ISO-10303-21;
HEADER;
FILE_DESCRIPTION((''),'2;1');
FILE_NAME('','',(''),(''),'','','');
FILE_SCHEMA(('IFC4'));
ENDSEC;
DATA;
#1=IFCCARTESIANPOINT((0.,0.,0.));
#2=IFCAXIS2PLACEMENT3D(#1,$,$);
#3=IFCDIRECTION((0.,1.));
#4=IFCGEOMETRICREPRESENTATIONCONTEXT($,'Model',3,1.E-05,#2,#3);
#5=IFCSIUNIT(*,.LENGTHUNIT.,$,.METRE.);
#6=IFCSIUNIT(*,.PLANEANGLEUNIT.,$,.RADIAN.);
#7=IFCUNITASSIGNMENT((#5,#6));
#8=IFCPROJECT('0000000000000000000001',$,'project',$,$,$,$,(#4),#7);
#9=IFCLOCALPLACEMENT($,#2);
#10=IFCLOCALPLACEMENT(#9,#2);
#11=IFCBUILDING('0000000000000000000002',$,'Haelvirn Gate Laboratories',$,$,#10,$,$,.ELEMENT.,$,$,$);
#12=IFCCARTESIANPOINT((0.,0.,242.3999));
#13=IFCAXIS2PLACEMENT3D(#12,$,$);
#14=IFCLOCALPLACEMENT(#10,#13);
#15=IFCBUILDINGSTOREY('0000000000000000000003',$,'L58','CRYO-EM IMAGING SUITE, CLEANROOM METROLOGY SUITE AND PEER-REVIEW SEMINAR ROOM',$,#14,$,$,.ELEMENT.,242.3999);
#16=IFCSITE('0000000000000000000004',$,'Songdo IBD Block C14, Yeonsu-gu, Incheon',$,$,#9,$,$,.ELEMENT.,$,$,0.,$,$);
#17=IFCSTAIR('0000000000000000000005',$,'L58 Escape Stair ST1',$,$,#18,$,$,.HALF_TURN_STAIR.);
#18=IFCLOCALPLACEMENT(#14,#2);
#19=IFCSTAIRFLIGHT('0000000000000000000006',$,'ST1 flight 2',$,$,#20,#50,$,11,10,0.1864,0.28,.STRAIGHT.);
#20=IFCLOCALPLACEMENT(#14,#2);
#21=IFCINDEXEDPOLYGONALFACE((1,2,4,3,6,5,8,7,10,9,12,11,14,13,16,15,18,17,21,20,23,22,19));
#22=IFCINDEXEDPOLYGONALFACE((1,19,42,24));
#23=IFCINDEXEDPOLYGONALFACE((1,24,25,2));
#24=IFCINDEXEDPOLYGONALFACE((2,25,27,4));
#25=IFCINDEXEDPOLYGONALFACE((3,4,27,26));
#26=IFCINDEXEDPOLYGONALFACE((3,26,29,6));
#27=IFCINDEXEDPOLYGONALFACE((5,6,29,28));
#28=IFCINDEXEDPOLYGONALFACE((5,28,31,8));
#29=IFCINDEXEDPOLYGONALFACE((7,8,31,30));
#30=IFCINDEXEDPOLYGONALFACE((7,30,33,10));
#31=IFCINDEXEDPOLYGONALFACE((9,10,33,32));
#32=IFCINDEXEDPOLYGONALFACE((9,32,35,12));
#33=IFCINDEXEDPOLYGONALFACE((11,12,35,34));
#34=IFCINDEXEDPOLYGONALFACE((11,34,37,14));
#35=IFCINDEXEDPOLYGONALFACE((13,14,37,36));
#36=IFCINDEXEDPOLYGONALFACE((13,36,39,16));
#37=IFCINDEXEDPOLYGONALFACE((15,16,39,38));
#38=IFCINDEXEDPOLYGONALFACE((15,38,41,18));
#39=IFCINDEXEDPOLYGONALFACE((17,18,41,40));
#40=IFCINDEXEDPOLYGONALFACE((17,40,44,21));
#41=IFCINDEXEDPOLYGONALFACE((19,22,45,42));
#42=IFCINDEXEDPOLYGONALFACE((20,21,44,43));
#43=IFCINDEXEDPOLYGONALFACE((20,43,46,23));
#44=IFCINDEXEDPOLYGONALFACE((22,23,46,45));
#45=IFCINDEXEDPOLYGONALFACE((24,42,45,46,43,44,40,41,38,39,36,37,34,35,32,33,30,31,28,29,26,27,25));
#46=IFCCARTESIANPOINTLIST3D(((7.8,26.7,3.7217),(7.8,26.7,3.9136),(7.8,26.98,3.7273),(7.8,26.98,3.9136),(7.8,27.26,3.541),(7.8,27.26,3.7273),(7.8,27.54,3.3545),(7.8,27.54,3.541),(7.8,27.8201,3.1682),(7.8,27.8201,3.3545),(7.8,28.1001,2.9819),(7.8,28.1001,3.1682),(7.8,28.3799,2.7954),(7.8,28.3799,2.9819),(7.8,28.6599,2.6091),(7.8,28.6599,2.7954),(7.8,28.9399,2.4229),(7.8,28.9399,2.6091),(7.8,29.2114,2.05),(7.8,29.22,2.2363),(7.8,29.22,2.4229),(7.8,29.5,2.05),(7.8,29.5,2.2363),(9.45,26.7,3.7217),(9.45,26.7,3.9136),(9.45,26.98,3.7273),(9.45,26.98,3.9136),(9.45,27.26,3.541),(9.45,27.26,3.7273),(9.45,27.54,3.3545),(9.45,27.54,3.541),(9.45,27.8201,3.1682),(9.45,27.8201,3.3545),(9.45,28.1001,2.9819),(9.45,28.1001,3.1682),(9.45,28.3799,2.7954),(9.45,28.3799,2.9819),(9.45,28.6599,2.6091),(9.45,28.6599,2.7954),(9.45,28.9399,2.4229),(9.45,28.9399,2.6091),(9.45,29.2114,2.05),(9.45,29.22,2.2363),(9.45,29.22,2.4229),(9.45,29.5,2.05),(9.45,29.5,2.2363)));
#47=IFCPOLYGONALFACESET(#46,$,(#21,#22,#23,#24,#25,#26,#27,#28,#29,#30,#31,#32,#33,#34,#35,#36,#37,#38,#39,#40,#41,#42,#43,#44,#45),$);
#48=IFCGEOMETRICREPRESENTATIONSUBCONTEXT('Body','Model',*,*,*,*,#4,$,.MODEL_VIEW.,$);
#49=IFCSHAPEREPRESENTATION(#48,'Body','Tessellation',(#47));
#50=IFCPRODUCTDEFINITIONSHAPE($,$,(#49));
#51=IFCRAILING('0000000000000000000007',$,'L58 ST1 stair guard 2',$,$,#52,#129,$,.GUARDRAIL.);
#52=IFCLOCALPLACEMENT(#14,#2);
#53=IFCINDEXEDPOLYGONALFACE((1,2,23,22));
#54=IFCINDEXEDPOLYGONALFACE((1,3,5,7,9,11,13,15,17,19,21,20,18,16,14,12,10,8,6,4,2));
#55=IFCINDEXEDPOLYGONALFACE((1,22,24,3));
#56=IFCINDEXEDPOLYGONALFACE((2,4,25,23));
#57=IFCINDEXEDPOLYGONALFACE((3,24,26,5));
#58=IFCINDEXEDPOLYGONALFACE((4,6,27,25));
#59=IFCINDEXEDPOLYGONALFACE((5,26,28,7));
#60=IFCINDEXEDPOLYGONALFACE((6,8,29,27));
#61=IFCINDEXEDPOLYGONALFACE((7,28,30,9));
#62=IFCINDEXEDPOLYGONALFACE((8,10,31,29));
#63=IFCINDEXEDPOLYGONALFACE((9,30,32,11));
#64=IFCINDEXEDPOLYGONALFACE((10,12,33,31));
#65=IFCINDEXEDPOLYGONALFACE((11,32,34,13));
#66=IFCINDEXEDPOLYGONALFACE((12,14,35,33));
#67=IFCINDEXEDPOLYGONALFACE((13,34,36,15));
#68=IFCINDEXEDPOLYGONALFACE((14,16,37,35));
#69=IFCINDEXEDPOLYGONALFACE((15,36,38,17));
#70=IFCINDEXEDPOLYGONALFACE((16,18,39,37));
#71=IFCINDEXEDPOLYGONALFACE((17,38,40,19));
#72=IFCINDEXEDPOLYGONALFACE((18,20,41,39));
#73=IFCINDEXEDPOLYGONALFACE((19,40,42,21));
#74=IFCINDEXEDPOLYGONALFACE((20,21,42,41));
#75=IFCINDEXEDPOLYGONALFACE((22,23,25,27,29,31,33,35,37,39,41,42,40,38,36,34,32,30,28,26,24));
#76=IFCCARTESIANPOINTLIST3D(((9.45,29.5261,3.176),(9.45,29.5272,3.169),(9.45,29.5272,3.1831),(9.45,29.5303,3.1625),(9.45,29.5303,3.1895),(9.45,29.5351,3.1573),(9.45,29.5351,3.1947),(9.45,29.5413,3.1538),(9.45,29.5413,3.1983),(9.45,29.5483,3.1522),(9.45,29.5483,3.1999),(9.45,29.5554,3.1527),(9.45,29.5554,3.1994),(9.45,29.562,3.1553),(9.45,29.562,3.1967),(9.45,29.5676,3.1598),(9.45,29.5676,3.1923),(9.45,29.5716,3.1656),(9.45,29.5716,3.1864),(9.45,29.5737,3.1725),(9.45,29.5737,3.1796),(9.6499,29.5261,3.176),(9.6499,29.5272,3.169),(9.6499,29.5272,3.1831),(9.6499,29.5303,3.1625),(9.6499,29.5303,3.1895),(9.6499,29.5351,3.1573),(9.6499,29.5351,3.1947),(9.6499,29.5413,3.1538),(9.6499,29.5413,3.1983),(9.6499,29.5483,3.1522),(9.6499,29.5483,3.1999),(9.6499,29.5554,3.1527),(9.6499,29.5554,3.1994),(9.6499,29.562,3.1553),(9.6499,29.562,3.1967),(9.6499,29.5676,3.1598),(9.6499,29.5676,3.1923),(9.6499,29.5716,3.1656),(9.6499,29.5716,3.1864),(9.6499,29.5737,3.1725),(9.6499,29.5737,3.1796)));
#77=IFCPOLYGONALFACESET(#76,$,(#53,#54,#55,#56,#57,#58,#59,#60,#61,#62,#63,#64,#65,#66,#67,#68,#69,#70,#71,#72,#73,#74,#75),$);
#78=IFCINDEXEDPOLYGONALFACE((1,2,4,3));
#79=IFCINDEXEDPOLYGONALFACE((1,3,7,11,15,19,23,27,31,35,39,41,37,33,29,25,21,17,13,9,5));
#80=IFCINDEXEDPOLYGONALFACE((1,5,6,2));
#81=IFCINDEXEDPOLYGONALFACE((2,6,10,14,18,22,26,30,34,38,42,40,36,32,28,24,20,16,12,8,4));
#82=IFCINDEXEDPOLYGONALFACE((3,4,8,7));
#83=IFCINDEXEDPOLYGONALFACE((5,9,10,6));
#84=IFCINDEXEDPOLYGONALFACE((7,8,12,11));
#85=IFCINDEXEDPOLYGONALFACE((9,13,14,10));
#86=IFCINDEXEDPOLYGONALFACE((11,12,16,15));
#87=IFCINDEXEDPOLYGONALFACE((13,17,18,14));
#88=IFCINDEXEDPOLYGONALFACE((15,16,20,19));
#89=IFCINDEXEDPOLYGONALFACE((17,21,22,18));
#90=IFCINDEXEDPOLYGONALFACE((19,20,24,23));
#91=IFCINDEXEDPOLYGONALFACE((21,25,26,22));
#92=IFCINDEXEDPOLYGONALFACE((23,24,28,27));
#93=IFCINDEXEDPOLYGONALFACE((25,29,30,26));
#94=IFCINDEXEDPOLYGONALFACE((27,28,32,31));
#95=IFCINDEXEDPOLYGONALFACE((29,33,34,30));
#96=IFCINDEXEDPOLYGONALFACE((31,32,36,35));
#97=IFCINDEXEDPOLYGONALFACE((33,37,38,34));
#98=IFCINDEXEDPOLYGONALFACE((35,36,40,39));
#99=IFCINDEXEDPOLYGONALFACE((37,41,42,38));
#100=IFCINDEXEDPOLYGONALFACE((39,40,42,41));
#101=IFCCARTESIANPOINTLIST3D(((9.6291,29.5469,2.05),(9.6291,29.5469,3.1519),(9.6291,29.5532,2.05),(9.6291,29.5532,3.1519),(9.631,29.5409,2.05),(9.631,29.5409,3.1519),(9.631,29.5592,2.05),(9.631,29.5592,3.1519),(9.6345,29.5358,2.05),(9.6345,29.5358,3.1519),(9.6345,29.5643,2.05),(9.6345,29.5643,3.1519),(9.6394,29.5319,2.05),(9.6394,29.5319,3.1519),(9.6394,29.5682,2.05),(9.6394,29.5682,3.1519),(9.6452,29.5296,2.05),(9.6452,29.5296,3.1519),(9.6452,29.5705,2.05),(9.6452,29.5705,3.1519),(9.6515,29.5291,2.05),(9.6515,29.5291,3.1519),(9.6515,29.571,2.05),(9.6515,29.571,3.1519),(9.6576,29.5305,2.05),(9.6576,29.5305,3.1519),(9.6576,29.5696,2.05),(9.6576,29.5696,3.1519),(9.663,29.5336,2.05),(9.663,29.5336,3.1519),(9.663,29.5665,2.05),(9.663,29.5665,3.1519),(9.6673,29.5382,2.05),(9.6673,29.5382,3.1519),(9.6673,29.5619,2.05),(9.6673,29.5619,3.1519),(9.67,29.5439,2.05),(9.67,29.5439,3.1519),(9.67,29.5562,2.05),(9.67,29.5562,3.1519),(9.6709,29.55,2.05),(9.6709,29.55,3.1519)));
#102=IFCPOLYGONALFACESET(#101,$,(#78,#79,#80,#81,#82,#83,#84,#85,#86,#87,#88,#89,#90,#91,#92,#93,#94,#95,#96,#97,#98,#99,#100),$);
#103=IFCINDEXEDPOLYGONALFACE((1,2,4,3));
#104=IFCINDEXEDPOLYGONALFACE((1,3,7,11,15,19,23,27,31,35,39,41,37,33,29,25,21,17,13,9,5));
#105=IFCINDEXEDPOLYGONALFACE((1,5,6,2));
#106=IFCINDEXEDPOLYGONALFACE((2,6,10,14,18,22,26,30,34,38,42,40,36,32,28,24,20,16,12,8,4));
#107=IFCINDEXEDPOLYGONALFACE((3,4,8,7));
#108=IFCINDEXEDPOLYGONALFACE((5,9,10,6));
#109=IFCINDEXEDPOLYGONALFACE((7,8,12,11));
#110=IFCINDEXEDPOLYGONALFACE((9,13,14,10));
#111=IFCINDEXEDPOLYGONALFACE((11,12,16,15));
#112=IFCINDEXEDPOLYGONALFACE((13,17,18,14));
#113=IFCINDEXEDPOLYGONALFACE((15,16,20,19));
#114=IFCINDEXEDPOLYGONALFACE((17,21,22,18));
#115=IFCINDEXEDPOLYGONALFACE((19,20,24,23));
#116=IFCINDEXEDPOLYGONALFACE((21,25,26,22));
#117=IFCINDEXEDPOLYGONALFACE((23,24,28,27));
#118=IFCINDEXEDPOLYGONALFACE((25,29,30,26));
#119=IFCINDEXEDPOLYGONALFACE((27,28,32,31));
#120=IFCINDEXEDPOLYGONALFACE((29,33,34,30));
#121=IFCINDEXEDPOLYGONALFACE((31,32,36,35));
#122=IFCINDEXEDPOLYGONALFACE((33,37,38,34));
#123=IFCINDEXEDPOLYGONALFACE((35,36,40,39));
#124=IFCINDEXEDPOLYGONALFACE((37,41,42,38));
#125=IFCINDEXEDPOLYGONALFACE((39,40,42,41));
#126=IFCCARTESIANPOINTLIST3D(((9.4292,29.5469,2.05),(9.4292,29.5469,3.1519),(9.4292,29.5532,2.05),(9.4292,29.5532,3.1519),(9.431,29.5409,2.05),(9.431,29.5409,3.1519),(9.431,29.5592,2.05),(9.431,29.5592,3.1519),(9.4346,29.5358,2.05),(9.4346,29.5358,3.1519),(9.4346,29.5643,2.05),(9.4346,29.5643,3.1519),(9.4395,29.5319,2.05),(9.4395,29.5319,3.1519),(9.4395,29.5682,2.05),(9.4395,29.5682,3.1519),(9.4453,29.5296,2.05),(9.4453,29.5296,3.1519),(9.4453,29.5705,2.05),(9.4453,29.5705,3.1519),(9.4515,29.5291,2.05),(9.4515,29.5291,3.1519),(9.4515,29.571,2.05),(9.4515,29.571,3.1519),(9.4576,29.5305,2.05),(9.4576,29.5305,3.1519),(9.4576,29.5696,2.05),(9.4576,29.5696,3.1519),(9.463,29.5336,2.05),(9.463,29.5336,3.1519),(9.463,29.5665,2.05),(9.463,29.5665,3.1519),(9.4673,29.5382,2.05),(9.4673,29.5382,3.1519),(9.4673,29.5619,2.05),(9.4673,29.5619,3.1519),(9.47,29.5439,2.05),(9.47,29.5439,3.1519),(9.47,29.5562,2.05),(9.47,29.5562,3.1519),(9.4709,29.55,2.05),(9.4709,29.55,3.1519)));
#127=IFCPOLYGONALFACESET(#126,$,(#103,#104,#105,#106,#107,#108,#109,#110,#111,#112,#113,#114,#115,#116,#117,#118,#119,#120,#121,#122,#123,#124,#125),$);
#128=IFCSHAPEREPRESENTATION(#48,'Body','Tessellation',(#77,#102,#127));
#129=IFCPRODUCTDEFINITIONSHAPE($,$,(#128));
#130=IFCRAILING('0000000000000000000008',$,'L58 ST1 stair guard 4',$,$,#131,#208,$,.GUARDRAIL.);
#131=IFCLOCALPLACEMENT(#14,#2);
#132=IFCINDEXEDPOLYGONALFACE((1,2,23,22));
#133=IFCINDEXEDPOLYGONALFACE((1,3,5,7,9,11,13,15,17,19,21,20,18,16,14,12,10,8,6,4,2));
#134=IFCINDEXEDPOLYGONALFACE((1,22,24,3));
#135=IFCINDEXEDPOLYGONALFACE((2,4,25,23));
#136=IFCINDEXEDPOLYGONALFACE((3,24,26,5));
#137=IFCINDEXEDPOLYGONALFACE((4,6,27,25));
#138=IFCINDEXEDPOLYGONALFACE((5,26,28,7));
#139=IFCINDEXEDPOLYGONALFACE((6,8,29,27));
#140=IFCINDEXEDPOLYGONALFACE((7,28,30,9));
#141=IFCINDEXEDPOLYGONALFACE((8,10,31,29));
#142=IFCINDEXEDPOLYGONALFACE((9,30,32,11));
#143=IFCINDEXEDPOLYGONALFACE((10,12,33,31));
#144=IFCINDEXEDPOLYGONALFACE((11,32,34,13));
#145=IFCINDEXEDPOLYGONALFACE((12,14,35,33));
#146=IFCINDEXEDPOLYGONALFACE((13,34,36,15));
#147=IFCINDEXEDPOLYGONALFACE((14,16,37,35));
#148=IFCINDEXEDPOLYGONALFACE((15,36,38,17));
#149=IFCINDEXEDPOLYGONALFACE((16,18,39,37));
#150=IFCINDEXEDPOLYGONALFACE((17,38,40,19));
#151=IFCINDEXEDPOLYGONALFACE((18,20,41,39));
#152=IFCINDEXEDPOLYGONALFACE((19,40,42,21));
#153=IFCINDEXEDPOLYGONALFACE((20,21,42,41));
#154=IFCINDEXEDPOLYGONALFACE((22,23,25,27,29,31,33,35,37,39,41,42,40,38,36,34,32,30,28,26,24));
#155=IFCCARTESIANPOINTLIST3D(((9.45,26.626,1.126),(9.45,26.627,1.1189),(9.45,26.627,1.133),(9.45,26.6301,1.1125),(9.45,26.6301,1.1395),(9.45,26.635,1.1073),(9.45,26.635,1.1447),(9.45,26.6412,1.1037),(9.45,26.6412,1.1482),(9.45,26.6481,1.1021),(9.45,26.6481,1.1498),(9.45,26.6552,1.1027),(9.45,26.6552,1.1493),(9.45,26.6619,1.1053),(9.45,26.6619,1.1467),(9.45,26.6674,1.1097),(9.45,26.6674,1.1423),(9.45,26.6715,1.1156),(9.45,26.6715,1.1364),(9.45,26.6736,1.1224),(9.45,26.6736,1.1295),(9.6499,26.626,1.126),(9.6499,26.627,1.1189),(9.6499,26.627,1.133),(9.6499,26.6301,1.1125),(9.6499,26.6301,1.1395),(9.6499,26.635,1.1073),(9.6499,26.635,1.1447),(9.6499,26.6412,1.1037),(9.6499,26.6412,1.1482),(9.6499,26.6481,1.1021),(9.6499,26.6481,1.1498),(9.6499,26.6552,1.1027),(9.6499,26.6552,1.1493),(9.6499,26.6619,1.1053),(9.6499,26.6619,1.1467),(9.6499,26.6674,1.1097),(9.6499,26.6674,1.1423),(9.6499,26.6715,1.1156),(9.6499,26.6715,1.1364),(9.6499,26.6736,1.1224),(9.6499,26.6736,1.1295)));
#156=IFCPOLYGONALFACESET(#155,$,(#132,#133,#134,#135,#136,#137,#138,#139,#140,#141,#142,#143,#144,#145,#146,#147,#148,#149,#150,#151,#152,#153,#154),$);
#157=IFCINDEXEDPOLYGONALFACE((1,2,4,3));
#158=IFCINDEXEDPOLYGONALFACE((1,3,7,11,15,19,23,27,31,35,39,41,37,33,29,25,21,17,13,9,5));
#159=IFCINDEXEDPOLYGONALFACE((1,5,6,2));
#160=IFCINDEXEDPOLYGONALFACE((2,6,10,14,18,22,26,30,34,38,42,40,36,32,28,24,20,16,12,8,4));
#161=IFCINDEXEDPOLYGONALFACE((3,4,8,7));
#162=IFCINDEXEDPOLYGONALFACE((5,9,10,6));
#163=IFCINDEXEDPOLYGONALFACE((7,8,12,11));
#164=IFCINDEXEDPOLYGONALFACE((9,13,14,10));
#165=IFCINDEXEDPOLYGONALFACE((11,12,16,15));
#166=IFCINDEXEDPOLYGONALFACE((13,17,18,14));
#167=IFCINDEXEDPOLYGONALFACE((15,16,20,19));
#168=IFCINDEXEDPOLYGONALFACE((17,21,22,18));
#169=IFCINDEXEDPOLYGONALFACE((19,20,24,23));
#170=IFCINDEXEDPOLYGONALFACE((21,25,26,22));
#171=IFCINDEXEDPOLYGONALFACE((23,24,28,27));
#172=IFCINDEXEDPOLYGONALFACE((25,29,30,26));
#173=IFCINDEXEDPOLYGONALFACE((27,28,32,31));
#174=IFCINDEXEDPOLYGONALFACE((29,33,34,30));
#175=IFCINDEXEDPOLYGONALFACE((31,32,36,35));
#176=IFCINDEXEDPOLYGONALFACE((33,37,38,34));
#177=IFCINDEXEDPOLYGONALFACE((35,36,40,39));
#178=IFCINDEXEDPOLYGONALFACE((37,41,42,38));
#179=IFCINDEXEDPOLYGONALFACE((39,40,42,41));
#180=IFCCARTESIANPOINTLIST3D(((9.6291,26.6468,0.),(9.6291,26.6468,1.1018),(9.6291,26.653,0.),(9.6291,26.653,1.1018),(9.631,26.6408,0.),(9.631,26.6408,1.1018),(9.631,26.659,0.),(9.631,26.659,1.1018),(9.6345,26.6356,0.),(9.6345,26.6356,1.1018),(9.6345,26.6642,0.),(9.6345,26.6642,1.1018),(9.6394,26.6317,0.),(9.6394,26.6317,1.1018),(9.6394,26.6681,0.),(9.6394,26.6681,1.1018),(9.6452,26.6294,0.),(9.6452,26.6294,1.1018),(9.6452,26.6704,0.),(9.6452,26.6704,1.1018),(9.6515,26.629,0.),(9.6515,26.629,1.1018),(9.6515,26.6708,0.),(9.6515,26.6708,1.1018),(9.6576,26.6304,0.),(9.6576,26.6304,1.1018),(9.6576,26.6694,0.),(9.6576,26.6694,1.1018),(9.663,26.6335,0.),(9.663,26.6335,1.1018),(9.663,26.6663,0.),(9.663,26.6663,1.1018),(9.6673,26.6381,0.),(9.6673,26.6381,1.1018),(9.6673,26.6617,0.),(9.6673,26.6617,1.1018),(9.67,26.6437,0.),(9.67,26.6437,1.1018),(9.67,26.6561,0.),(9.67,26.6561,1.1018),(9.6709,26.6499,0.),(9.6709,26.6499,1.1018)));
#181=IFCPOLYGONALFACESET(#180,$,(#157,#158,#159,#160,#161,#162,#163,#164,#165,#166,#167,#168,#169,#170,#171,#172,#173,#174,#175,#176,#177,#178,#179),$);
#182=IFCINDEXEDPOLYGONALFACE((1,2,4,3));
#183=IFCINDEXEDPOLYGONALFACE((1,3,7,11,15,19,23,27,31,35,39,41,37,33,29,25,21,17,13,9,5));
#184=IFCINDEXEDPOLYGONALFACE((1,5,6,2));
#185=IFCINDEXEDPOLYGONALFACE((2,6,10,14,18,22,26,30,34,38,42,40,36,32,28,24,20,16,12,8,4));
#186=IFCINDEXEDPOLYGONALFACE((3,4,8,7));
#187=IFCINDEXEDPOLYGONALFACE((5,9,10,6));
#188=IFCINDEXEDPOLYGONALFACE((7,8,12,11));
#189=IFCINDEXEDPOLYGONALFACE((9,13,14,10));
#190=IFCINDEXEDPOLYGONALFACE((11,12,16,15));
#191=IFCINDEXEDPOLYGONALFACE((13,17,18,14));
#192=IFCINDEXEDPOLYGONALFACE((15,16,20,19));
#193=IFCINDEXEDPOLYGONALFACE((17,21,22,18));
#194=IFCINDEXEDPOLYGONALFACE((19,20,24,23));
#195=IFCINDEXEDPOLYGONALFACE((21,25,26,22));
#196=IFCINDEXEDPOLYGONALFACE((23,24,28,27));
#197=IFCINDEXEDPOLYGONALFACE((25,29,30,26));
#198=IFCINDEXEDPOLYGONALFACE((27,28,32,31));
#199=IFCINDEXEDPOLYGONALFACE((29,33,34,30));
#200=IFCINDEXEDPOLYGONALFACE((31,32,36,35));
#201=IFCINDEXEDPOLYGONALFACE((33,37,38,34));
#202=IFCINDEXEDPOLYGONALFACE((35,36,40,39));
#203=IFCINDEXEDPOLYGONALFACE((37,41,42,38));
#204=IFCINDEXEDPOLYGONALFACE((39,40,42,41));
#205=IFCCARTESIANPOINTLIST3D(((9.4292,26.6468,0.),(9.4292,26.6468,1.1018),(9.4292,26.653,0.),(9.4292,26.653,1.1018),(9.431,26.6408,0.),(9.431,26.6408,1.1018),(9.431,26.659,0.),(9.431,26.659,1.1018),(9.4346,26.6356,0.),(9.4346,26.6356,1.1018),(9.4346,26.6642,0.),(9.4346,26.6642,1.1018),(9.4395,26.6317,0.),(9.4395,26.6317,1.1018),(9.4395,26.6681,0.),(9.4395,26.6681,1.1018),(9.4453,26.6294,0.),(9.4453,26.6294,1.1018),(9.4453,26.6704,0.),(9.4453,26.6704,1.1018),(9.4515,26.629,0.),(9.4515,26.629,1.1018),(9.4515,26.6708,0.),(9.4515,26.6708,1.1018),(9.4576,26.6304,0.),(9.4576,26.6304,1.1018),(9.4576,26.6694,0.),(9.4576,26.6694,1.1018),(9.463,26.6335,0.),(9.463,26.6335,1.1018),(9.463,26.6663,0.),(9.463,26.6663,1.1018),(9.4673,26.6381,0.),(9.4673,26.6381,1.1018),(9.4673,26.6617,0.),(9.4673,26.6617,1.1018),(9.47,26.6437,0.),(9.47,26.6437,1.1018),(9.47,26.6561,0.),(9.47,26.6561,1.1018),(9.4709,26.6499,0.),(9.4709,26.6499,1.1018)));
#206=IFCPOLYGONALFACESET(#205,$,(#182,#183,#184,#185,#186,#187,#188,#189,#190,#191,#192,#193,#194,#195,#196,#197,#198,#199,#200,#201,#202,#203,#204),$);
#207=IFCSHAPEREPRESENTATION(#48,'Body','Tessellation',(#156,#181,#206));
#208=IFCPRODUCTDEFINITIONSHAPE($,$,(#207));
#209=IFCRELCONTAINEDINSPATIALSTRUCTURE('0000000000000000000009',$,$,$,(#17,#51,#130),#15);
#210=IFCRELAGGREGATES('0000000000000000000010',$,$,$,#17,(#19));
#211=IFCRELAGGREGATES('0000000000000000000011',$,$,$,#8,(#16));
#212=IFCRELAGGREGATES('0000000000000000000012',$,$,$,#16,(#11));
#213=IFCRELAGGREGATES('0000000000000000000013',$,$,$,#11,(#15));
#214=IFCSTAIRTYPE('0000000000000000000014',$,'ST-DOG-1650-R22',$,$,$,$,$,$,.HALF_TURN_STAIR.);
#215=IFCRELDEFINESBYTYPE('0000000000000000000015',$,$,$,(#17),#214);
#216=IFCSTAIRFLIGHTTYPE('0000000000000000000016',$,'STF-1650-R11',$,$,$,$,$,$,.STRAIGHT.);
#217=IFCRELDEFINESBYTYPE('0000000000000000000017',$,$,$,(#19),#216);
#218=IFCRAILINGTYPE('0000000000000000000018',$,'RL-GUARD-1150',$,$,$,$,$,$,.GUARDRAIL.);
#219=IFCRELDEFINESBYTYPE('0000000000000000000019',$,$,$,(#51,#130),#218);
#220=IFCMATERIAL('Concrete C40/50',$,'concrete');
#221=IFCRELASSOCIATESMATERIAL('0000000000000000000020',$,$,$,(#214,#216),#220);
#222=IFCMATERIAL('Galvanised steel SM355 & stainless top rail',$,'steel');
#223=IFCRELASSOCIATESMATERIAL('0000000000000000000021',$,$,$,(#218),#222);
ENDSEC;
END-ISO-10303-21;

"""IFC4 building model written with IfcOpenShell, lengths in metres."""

from ifc_helpers import new_model, si_unit, direction, frame, origin, origin_2d, place, context, subcontext, project, spatial, polyline, circle, outline, extrude, source, transform, mapped, material, type_object, type_shapes, element, aggregate, save


model = new_model("IFC4")

# Units and contexts
model_context = context("Model", 3, precision=1e-05, world=origin(), true_north=direction((0.0, 1.0)))
body_context = subcontext(model_context, "Body", "Model", "MODEL_VIEW")
ifc_project = project(units=[si_unit("LENGTHUNIT", "METRE"), si_unit("PLANEANGLEUNIT", "RADIAN")], contexts=[model_context])

# Site, building, storey
site_placement = place(None, origin())
site = spatial("IfcSite", under=ifc_project, at=site_placement, Name="Songdo IBD Block C14, Yeonsu-gu, Incheon", CompositionType="ELEMENT", RefElevation=0.0)
building_placement = place(site_placement, origin())
building = spatial("IfcBuilding", under=site, at=building_placement, Name="Haelvirn Gate Laboratories", CompositionType="ELEMENT")
storey_placement = place(building_placement, frame((0.0, 0.0, 242.3999)))
storey = spatial("IfcBuildingStorey", under=building, at=storey_placement, Name="L58", Description="CRYO-EM IMAGING SUITE, CLEANROOM METROLOGY SUITE AND PEER-REVIEW SEMINAR ROOM", CompositionType="ELEMENT", Elevation=242.3999)

# Shared definitions
ifc_material_1 = material(Name="Concrete C40/50", Category="concrete")

# Stair, stair flight
stair_type = type_object("IfcStairType", Name="ST-DOG-1650-R22", PredefinedType="HALF_TURN_STAIR", material=ifc_material_1)
stair_placement = place(storey_placement, origin())
stair = element("IfcStair", 1, at=stair_placement, inside=storey, type_object=stair_type, Name="L58 Escape Stair ST1", PredefinedType="HALF_TURN_STAIR")
stair_flight_type = type_object("IfcStairFlightType", Name="STF-1650-R11", PredefinedType="STRAIGHT", material=ifc_material_1)
shared_shape_1 = source(origin(), body_context, "Body", "SweptSolid", [
    extrude(outline(polyline([(0.0, 0.0), (0.0, 0.1863), (0.28, 0.1863), (0.28, 0.3728), (0.5601, 0.3728), (0.5601, 0.5591), (0.8401, 0.5591), (0.8401, 0.7454), (1.1201, 0.7454), (1.1201, 0.9319), (1.3999, 0.9319), (1.3999, 1.1182), (1.6799, 1.1182), (1.6799, 1.3044), (1.96, 1.3044), (1.96, 1.491), (2.24, 1.491), (2.24, 1.6772), (2.52, 1.6772), (2.52, 1.8635), (2.8, 1.8635), (2.8, 2.05), (2.8, 1.6716), (0.2886, 0.0), (0.0, 0.0)])), frame((0.0, 0.825, 0.0), z_axis=(0.0, -1.0, 0.0), x_axis=(1.0, 0.0, 0.0)), (0.0, 0.0, 1.0), 1.6499),
])
type_shapes(stair_flight_type, [shared_shape_1])
stair_flight_1_placement = place(storey_placement, frame((8.625, 29.5, 2.05), z_axis=(0.0, 0.0, 1.0), x_axis=(0.0, -1.0, 0.0)))
stair_flight_1 = element("IfcStairFlight", 2, at=stair_flight_1_placement, type_object=stair_flight_type, Name="ST1 flight 2", NumberOfRisers=11, NumberOfTreads=10, PredefinedType="STRAIGHT", RiserHeight=0.1864, TreadLength=0.28, context=body_context, shape_type="MappedRepresentation", body=[
    mapped(shared_shape_1, transform((0.0, 0.0, 0.0), scale=1.0)),
])
aggregate(stair, [stair_flight_1])

# Railings
ifc_material_2 = material(Name="Galvanised steel SM355 & stainless top rail", Category="steel")
railing_type_1 = type_object("IfcRailingType", Name="RL-GUARD-1150", PredefinedType="GUARDRAIL", material=ifc_material_2)
shared_shape_2 = source(origin(), body_context, "Body", "SweptSolid", [
    extrude(circle(Radius=0.0239, at=origin_2d()), frame((0.0, 0.0, 1.126), z_axis=(-1.0, 0.0, 0.0), x_axis=(0.0, -1.0, 0.0)), (0.0, 0.0, 1.0), 0.2),
    extrude(circle(Radius=0.021, at=origin_2d()), origin(), (0.0, 0.0, 1.0), 1.1018),
    extrude(circle(Radius=0.021, at=origin_2d()), frame((-0.2, 0.0, 0.0)), (0.0, 0.0, 1.0), 1.1018),
])
for number, where, name in (
    (3, (9.6499, 29.55, 2.05), "L58 ST1 stair guard 2"),
    (4, (9.6499, 26.6499, 0.0), "L58 ST1 stair guard 4"),
):
    element("IfcRailing", number, at=place(storey_placement, frame(where)), inside=storey, type_object=railing_type_1, Name=name, PredefinedType="GUARDRAIL", context=body_context, shape_type="MappedRepresentation", body=[
        mapped(shared_shape_2, transform((0.0, 0.0, 0.0), scale=1.0)),
    ])

save(model, "model.ifc")
